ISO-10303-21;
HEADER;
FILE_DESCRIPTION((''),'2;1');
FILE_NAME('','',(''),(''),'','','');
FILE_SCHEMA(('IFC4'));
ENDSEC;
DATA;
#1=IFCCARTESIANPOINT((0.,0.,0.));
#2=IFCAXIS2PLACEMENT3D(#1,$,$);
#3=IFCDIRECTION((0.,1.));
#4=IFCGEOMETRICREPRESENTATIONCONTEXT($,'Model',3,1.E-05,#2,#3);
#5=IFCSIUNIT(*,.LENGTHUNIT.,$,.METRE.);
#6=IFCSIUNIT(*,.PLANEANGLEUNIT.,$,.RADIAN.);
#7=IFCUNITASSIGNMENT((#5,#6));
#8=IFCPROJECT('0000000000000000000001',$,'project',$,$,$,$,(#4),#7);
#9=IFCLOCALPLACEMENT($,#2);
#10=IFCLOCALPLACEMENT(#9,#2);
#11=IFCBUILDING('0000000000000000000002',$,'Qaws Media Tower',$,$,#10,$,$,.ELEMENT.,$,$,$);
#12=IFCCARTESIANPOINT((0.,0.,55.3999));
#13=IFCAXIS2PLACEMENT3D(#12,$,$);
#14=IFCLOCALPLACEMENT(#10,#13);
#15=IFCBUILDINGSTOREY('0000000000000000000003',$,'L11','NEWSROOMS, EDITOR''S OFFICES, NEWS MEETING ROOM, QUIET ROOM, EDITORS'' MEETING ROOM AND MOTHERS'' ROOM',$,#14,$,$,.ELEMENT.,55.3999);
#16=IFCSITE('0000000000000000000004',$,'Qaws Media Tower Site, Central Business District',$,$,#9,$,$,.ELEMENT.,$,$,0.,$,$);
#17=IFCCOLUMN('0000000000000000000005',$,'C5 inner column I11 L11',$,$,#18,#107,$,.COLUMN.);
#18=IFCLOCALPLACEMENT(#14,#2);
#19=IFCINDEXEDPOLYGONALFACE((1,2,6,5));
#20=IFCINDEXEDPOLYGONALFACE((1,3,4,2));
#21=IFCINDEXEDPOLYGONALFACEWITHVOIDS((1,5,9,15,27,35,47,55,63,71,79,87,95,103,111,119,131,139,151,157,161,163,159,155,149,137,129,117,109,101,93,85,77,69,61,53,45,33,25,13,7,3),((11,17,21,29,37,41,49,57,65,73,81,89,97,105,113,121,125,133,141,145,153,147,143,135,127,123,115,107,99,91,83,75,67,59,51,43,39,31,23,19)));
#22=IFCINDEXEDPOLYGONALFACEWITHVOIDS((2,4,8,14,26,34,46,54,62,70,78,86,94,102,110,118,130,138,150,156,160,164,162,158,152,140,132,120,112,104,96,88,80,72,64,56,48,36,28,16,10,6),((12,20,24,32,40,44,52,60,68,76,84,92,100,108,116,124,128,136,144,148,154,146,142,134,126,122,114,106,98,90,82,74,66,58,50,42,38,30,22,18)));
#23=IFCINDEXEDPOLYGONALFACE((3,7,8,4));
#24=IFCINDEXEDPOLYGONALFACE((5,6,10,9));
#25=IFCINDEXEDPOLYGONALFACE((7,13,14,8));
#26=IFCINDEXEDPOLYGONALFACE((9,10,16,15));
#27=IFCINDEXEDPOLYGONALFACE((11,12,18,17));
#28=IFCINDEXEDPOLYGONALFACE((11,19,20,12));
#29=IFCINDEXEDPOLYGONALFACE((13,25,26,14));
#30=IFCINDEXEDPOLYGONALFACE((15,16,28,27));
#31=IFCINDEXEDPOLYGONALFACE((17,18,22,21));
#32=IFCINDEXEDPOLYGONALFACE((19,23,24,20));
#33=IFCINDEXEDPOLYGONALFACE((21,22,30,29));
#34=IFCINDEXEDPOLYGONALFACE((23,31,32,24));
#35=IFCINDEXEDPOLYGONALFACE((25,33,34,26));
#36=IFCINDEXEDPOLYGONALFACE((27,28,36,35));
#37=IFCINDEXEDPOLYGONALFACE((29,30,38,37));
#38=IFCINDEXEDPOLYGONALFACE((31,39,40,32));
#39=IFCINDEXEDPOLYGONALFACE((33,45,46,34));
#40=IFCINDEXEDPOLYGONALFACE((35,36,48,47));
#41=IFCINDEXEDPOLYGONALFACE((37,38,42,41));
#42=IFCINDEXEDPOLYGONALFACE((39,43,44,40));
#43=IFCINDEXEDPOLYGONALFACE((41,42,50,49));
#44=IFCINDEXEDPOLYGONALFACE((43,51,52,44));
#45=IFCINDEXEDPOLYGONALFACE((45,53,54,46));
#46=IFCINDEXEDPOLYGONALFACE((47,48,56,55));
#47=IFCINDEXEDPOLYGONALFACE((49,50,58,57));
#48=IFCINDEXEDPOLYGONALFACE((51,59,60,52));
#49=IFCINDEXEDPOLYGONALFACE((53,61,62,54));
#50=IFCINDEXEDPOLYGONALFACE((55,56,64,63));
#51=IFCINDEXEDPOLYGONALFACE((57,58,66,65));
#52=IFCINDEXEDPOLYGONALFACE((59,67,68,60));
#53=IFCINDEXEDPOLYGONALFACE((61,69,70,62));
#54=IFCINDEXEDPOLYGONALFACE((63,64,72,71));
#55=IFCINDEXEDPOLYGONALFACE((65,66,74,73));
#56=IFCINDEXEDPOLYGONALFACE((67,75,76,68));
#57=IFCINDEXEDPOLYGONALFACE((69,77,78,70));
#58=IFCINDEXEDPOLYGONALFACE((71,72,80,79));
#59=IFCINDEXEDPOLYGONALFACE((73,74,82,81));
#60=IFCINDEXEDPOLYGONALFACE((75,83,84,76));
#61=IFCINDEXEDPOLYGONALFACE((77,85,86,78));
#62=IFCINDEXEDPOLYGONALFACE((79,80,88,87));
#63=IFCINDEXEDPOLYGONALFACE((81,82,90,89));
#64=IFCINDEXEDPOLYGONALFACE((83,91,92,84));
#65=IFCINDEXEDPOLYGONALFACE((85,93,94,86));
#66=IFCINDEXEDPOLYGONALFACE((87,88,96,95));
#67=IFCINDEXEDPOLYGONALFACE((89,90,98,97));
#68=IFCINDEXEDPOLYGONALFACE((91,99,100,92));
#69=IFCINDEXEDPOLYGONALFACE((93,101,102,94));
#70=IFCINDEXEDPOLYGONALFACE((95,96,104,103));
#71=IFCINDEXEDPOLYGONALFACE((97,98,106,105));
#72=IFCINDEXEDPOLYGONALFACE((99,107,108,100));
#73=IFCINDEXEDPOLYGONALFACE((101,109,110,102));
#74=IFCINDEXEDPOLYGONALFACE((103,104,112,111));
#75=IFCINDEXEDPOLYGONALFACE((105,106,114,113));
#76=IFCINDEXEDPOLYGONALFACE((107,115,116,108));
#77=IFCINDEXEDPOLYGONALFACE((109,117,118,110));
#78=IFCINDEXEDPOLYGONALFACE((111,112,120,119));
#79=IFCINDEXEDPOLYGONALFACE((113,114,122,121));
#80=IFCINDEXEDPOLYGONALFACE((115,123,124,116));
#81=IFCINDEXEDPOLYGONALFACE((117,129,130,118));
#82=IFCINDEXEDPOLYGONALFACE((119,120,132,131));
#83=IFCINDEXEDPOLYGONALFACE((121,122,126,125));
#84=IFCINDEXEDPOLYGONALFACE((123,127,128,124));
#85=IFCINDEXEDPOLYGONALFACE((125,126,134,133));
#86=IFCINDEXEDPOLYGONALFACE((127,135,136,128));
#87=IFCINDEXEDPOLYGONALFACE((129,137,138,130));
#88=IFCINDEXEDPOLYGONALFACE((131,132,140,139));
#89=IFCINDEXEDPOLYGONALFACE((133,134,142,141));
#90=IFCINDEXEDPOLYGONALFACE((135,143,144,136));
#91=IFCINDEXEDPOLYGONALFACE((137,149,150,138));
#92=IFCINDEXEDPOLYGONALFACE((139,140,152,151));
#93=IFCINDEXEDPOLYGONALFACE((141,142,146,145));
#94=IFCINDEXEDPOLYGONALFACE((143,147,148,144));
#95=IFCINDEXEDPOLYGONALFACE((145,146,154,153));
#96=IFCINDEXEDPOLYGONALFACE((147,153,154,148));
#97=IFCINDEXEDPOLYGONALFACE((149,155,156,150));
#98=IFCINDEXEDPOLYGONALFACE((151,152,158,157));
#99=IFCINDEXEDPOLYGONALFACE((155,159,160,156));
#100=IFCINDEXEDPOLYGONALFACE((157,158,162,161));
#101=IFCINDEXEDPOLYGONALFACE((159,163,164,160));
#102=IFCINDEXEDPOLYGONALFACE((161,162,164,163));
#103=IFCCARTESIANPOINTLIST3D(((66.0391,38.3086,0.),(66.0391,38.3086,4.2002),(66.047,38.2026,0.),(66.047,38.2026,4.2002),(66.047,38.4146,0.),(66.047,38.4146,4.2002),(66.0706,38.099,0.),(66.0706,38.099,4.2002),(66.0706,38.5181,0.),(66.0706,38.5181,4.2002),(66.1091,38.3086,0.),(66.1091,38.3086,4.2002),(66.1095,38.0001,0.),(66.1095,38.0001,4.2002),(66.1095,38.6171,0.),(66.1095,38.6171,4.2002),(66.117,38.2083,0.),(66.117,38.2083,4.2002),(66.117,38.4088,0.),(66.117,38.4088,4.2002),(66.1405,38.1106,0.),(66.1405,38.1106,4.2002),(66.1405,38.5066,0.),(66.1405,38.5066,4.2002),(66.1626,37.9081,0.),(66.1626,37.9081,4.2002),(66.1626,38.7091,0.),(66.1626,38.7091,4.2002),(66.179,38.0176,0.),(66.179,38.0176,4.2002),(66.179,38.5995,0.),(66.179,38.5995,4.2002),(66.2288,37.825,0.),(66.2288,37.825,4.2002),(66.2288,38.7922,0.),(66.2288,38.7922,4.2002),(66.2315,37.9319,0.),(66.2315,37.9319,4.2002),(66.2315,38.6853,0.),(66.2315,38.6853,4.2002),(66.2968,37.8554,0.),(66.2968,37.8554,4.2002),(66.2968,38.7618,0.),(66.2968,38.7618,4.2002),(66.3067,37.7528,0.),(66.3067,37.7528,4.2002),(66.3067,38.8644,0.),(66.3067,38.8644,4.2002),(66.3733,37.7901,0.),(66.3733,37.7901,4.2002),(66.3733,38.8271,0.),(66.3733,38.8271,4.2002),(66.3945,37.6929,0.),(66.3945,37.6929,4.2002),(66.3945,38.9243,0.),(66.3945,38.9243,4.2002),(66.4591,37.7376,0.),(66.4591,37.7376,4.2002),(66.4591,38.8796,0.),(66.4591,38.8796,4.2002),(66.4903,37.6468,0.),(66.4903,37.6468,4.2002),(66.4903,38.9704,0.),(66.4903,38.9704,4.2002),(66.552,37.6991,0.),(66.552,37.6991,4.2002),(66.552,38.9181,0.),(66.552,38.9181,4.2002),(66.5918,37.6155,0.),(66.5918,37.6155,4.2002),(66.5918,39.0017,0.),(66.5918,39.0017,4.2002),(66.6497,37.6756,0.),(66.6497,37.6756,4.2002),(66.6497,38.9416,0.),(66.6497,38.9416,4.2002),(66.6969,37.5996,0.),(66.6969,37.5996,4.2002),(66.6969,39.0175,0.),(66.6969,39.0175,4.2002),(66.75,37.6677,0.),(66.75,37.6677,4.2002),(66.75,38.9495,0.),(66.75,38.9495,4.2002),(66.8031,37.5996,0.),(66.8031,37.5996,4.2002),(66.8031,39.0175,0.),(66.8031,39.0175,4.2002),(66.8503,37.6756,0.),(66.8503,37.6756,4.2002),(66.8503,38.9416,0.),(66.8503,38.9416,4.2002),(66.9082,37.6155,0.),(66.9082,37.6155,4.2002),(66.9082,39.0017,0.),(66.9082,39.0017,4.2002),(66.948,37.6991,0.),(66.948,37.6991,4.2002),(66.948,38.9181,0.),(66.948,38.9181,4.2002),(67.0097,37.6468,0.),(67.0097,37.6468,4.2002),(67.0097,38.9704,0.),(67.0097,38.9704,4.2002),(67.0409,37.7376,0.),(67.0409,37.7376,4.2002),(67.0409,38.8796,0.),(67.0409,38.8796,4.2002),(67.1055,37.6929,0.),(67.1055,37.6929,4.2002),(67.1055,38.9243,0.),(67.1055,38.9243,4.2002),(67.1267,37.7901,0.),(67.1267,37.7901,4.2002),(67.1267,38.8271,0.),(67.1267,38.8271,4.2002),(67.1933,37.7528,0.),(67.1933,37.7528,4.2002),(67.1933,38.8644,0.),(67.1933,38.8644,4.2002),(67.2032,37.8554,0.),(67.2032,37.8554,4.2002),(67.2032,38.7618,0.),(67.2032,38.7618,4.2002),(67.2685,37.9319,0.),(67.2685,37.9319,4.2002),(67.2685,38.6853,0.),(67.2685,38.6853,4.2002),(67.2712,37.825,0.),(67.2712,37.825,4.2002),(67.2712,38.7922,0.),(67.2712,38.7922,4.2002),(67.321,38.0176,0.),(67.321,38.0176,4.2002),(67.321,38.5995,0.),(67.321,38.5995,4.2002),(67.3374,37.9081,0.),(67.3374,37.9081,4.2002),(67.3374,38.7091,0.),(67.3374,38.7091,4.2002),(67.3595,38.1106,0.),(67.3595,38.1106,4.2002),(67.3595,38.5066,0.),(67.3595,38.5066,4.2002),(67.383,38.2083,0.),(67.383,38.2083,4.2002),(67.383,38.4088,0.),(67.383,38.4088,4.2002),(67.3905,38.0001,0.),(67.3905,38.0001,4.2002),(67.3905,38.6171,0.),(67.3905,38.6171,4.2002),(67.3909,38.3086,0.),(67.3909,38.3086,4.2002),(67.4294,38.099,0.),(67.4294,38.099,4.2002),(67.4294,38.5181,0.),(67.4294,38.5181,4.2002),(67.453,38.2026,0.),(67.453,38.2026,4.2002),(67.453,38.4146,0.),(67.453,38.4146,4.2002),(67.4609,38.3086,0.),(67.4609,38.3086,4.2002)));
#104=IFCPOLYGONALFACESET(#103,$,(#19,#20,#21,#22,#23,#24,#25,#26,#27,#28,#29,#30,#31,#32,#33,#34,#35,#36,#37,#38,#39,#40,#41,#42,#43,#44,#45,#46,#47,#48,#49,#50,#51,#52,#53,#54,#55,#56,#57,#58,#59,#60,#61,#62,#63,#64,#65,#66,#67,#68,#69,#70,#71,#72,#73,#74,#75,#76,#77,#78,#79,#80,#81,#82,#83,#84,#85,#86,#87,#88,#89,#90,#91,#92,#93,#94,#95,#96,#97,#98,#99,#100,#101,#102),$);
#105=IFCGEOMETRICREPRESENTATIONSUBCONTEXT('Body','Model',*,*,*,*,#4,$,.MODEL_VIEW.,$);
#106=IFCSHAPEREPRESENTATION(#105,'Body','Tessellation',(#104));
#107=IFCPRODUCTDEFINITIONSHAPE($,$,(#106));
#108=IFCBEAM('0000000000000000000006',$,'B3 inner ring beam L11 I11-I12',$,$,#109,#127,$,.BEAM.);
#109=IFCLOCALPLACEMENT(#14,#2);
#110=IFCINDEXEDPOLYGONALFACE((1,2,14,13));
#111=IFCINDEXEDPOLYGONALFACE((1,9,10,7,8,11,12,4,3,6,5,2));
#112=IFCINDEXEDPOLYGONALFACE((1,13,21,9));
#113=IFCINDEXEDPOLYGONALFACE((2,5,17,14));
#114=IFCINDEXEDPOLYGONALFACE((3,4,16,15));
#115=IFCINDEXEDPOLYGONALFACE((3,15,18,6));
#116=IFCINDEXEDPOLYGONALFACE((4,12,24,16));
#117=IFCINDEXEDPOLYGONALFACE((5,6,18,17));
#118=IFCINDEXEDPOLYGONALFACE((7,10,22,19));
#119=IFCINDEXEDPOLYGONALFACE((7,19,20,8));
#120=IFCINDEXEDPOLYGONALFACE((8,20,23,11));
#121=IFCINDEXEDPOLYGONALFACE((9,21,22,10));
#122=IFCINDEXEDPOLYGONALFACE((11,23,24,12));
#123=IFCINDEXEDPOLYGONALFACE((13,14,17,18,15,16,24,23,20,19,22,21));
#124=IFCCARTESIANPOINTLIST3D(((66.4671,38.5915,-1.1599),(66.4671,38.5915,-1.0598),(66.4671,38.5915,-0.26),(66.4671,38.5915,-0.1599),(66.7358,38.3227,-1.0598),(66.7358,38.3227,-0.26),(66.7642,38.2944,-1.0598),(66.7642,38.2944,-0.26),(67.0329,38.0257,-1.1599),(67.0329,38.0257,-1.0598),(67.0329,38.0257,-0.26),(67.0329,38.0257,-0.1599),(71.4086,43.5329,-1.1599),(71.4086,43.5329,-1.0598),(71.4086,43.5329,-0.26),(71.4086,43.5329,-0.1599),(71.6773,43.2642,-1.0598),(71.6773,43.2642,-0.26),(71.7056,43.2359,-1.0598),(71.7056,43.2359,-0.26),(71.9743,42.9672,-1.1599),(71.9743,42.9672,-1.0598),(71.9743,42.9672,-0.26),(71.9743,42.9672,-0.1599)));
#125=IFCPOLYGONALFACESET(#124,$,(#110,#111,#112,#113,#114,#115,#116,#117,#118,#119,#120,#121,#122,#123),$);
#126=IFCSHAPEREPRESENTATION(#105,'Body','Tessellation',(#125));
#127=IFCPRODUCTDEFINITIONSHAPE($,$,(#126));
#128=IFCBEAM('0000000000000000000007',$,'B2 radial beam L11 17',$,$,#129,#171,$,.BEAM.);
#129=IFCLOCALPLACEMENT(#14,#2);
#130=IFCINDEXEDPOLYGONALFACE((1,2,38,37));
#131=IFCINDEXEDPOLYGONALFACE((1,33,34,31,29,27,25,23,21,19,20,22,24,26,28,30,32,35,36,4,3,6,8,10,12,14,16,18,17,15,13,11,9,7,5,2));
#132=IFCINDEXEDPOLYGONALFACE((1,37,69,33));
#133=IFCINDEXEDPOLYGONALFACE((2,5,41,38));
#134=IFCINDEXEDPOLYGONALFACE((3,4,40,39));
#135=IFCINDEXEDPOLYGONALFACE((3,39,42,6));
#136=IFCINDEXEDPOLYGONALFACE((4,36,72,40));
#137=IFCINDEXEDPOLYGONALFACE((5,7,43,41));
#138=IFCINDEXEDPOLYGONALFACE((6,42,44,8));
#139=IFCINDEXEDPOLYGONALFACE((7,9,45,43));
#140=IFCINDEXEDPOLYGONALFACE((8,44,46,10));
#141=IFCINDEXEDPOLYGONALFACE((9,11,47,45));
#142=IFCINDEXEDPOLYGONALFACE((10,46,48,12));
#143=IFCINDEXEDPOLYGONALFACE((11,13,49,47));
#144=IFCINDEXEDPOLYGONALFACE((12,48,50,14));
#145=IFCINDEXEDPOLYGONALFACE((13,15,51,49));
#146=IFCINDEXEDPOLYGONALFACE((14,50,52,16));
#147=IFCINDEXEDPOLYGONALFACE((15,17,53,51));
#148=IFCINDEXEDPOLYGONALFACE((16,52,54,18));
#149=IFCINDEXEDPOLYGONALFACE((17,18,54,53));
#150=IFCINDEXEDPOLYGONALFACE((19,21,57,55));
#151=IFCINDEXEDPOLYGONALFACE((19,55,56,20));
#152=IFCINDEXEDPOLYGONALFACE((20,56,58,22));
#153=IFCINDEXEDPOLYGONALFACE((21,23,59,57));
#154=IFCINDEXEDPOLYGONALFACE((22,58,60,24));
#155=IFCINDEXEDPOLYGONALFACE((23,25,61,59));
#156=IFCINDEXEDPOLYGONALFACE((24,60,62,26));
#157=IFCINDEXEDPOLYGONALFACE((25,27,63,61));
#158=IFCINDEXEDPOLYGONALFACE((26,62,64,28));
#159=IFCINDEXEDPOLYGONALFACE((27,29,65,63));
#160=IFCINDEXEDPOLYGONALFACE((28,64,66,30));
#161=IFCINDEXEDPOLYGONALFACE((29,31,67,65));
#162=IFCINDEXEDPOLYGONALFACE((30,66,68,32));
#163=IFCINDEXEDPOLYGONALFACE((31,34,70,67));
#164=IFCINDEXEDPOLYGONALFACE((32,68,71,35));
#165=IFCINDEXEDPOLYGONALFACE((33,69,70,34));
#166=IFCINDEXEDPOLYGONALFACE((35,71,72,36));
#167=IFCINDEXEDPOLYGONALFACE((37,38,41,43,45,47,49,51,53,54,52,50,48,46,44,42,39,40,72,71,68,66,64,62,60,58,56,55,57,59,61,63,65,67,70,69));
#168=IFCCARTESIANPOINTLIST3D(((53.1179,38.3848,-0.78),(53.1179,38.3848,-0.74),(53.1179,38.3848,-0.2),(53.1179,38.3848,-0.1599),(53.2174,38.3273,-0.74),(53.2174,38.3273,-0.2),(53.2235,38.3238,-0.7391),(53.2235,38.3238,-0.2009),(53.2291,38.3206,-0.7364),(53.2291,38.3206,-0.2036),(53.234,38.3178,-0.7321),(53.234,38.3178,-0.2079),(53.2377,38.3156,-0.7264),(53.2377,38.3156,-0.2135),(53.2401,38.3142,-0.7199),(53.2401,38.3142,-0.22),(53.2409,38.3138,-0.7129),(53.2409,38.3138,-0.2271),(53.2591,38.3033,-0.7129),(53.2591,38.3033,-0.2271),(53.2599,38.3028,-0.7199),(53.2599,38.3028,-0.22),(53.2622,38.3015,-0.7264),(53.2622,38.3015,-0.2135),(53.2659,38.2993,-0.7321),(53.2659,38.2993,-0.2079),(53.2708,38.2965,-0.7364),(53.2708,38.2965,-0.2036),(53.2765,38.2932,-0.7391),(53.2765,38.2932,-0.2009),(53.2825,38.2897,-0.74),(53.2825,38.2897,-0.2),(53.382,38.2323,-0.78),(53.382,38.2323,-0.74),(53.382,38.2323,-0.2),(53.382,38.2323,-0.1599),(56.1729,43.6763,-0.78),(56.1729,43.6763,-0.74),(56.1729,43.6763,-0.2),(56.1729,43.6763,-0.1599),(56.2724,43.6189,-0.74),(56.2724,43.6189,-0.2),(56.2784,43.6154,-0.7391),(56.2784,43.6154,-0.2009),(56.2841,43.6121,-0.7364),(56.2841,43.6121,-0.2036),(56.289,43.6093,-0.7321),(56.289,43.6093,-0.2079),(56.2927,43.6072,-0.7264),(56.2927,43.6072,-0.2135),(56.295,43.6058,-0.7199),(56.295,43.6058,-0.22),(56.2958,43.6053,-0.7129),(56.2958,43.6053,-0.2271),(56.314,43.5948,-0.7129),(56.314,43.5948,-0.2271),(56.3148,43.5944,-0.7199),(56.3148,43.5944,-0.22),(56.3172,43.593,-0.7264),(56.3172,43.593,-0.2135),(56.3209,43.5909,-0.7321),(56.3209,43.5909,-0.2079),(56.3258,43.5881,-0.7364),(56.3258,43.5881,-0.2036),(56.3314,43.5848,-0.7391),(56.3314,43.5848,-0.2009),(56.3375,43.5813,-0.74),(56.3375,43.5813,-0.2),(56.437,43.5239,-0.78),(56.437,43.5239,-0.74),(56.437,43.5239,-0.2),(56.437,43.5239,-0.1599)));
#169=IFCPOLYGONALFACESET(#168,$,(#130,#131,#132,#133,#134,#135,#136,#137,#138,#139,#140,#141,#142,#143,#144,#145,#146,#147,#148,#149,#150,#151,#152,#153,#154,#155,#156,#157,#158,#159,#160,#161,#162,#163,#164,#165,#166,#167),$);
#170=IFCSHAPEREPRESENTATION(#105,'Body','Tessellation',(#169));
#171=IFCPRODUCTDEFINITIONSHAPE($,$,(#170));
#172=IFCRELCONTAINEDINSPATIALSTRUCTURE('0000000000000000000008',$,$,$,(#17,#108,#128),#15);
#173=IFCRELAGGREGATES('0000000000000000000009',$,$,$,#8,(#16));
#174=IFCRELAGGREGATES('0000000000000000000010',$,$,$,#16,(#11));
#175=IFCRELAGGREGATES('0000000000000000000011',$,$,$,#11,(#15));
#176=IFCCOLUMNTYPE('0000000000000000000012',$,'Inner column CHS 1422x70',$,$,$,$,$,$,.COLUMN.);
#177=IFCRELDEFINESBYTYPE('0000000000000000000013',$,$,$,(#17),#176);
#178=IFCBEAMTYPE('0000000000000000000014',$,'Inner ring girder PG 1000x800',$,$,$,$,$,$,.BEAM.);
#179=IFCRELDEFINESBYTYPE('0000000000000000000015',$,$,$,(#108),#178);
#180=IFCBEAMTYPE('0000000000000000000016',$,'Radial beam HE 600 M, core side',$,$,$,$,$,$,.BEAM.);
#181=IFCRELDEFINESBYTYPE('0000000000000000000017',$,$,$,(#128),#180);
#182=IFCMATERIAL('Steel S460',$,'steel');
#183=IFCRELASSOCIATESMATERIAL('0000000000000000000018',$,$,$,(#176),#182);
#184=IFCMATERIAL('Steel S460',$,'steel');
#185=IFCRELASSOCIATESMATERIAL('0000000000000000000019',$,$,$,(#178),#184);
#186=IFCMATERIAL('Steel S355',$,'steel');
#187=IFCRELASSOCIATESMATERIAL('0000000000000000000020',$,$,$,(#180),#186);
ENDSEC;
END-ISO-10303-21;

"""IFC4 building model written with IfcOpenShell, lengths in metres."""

from ifc_helpers import new_model, si_unit, direction, frame, origin, origin_2d, place, context, subcontext, project, spatial, hollow_circle, i_section, extrude, material, material_profile, profile_set, type_object, element, save


model = new_model("IFC4")

# Units and contexts
model_context = context("Model", 3, precision=1e-05, world=origin(), true_north=direction((0.0, 1.0)))
body_context = subcontext(model_context, "Body", "Model", "MODEL_VIEW")
ifc_project = project(units=[si_unit("LENGTHUNIT", "METRE"), si_unit("PLANEANGLEUNIT", "RADIAN")], contexts=[model_context])

# Site, building, storey
site_placement = place(None, origin())
site = spatial("IfcSite", under=ifc_project, at=site_placement, Name="Qaws Media Tower Site, Central Business District", CompositionType="ELEMENT", RefElevation=0.0)
building_placement = place(site_placement, origin())
building = spatial("IfcBuilding", under=site, at=building_placement, Name="Qaws Media Tower", CompositionType="ELEMENT")
storey_placement = place(building_placement, frame((0.0, 0.0, 55.3999)))
storey = spatial("IfcBuildingStorey", under=building, at=storey_placement, Name="L11", Description="NEWSROOMS, EDITOR'S OFFICES, NEWS MEETING ROOM, QUIET ROOM, EDITORS' MEETING ROOM AND MOTHERS' ROOM", CompositionType="ELEMENT", Elevation=55.3999)

# Column
ifc_material_1 = material(Name="Steel S460", Category="steel")
ifc_material_profile_1 = material_profile(ifc_material_1, hollow_circle(Radius=0.7109, WallThickness=0.0701, at=origin_2d()), Name="CHS 1422x70")
ifc_profile_set_1 = profile_set([ifc_material_profile_1], Name="Steel S460")
column_type = type_object("IfcColumnType", Name="Inner column CHS 1422x70", PredefinedType="COLUMN", material=ifc_profile_set_1)
column_placement = place(storey_placement, frame((66.75, 38.3086, 0.0), z_axis=(0.0, 0.0, 1.0), x_axis=(1.0, 0.0, 0.0)))
element("IfcColumn", 1, at=column_placement, inside=storey, type_object=column_type, Name="C5 inner column I11 L11", PredefinedType="COLUMN", context=body_context, shape_type="SweptSolid", body=[
    extrude(hollow_circle(Radius=0.7109, WallThickness=0.0701, at=origin_2d()), origin(), (0.0, 0.0, 1.0), 4.2002),
])

# Beams
ifc_material_2 = material(Name="Steel S460", Category="steel")
ifc_material_profile_2 = material_profile(ifc_material_2, i_section(OverallWidth=0.8, OverallDepth=1.0, WebThickness=0.04, FlangeThickness=0.1001, at=origin_2d()), Name="PG 1000x800")
ifc_profile_set_2 = profile_set([ifc_material_profile_2], Name="Steel S460")
beam_type_1 = type_object("IfcBeamType", Name="Inner ring girder PG 1000x800", PredefinedType="BEAM", material=ifc_profile_set_2)
beam_1_placement = place(storey_placement, frame((66.75, 38.3086, -0.6599), z_axis=(0.707107, 0.707107, 0.0), x_axis=(-0.707107, 0.707107, 0.0)))
element("IfcBeam", 2, at=beam_1_placement, inside=storey, type_object=beam_type_1, Name="B3 inner ring beam L11 I11-I12", PredefinedType="BEAM", context=body_context, shape_type="SweptSolid", body=[
    extrude(i_section(OverallWidth=0.8, OverallDepth=1.0, WebThickness=0.04, FlangeThickness=0.1001, at=origin_2d()), origin(), (0.0, 0.0, 1.0), 6.9883),
])
ifc_material_3 = material(Name="Steel S355", Category="steel")
ifc_material_profile_3 = material_profile(ifc_material_3, i_section(OverallWidth=0.3049, OverallDepth=0.6201, WebThickness=0.021, FlangeThickness=0.04, FilletRadius=0.0271, at=origin_2d()), Name="HE 600 M")
ifc_profile_set_3 = profile_set([ifc_material_profile_3], Name="Steel S355")
beam_type_2 = type_object("IfcBeamType", Name="Radial beam HE 600 M, core side", PredefinedType="BEAM", material=ifc_profile_set_3)
beam_2_placement = place(storey_placement, frame((56.3049, 43.6001, -0.47), z_axis=(-0.499985, -0.866034, 0.0), x_axis=(0.866034, -0.499985, 0.0)))
element("IfcBeam", 3, at=beam_2_placement, inside=storey, type_object=beam_type_2, Name="B2 radial beam L11 17", PredefinedType="BEAM", context=body_context, shape_type="SweptSolid", body=[
    extrude(i_section(OverallWidth=0.3049, OverallDepth=0.6201, WebThickness=0.021, FlangeThickness=0.04, FilletRadius=0.0271, at=origin_2d()), origin(), (0.0, 0.0, 1.0), 6.1101),
])

save(model, "model.ifc")
